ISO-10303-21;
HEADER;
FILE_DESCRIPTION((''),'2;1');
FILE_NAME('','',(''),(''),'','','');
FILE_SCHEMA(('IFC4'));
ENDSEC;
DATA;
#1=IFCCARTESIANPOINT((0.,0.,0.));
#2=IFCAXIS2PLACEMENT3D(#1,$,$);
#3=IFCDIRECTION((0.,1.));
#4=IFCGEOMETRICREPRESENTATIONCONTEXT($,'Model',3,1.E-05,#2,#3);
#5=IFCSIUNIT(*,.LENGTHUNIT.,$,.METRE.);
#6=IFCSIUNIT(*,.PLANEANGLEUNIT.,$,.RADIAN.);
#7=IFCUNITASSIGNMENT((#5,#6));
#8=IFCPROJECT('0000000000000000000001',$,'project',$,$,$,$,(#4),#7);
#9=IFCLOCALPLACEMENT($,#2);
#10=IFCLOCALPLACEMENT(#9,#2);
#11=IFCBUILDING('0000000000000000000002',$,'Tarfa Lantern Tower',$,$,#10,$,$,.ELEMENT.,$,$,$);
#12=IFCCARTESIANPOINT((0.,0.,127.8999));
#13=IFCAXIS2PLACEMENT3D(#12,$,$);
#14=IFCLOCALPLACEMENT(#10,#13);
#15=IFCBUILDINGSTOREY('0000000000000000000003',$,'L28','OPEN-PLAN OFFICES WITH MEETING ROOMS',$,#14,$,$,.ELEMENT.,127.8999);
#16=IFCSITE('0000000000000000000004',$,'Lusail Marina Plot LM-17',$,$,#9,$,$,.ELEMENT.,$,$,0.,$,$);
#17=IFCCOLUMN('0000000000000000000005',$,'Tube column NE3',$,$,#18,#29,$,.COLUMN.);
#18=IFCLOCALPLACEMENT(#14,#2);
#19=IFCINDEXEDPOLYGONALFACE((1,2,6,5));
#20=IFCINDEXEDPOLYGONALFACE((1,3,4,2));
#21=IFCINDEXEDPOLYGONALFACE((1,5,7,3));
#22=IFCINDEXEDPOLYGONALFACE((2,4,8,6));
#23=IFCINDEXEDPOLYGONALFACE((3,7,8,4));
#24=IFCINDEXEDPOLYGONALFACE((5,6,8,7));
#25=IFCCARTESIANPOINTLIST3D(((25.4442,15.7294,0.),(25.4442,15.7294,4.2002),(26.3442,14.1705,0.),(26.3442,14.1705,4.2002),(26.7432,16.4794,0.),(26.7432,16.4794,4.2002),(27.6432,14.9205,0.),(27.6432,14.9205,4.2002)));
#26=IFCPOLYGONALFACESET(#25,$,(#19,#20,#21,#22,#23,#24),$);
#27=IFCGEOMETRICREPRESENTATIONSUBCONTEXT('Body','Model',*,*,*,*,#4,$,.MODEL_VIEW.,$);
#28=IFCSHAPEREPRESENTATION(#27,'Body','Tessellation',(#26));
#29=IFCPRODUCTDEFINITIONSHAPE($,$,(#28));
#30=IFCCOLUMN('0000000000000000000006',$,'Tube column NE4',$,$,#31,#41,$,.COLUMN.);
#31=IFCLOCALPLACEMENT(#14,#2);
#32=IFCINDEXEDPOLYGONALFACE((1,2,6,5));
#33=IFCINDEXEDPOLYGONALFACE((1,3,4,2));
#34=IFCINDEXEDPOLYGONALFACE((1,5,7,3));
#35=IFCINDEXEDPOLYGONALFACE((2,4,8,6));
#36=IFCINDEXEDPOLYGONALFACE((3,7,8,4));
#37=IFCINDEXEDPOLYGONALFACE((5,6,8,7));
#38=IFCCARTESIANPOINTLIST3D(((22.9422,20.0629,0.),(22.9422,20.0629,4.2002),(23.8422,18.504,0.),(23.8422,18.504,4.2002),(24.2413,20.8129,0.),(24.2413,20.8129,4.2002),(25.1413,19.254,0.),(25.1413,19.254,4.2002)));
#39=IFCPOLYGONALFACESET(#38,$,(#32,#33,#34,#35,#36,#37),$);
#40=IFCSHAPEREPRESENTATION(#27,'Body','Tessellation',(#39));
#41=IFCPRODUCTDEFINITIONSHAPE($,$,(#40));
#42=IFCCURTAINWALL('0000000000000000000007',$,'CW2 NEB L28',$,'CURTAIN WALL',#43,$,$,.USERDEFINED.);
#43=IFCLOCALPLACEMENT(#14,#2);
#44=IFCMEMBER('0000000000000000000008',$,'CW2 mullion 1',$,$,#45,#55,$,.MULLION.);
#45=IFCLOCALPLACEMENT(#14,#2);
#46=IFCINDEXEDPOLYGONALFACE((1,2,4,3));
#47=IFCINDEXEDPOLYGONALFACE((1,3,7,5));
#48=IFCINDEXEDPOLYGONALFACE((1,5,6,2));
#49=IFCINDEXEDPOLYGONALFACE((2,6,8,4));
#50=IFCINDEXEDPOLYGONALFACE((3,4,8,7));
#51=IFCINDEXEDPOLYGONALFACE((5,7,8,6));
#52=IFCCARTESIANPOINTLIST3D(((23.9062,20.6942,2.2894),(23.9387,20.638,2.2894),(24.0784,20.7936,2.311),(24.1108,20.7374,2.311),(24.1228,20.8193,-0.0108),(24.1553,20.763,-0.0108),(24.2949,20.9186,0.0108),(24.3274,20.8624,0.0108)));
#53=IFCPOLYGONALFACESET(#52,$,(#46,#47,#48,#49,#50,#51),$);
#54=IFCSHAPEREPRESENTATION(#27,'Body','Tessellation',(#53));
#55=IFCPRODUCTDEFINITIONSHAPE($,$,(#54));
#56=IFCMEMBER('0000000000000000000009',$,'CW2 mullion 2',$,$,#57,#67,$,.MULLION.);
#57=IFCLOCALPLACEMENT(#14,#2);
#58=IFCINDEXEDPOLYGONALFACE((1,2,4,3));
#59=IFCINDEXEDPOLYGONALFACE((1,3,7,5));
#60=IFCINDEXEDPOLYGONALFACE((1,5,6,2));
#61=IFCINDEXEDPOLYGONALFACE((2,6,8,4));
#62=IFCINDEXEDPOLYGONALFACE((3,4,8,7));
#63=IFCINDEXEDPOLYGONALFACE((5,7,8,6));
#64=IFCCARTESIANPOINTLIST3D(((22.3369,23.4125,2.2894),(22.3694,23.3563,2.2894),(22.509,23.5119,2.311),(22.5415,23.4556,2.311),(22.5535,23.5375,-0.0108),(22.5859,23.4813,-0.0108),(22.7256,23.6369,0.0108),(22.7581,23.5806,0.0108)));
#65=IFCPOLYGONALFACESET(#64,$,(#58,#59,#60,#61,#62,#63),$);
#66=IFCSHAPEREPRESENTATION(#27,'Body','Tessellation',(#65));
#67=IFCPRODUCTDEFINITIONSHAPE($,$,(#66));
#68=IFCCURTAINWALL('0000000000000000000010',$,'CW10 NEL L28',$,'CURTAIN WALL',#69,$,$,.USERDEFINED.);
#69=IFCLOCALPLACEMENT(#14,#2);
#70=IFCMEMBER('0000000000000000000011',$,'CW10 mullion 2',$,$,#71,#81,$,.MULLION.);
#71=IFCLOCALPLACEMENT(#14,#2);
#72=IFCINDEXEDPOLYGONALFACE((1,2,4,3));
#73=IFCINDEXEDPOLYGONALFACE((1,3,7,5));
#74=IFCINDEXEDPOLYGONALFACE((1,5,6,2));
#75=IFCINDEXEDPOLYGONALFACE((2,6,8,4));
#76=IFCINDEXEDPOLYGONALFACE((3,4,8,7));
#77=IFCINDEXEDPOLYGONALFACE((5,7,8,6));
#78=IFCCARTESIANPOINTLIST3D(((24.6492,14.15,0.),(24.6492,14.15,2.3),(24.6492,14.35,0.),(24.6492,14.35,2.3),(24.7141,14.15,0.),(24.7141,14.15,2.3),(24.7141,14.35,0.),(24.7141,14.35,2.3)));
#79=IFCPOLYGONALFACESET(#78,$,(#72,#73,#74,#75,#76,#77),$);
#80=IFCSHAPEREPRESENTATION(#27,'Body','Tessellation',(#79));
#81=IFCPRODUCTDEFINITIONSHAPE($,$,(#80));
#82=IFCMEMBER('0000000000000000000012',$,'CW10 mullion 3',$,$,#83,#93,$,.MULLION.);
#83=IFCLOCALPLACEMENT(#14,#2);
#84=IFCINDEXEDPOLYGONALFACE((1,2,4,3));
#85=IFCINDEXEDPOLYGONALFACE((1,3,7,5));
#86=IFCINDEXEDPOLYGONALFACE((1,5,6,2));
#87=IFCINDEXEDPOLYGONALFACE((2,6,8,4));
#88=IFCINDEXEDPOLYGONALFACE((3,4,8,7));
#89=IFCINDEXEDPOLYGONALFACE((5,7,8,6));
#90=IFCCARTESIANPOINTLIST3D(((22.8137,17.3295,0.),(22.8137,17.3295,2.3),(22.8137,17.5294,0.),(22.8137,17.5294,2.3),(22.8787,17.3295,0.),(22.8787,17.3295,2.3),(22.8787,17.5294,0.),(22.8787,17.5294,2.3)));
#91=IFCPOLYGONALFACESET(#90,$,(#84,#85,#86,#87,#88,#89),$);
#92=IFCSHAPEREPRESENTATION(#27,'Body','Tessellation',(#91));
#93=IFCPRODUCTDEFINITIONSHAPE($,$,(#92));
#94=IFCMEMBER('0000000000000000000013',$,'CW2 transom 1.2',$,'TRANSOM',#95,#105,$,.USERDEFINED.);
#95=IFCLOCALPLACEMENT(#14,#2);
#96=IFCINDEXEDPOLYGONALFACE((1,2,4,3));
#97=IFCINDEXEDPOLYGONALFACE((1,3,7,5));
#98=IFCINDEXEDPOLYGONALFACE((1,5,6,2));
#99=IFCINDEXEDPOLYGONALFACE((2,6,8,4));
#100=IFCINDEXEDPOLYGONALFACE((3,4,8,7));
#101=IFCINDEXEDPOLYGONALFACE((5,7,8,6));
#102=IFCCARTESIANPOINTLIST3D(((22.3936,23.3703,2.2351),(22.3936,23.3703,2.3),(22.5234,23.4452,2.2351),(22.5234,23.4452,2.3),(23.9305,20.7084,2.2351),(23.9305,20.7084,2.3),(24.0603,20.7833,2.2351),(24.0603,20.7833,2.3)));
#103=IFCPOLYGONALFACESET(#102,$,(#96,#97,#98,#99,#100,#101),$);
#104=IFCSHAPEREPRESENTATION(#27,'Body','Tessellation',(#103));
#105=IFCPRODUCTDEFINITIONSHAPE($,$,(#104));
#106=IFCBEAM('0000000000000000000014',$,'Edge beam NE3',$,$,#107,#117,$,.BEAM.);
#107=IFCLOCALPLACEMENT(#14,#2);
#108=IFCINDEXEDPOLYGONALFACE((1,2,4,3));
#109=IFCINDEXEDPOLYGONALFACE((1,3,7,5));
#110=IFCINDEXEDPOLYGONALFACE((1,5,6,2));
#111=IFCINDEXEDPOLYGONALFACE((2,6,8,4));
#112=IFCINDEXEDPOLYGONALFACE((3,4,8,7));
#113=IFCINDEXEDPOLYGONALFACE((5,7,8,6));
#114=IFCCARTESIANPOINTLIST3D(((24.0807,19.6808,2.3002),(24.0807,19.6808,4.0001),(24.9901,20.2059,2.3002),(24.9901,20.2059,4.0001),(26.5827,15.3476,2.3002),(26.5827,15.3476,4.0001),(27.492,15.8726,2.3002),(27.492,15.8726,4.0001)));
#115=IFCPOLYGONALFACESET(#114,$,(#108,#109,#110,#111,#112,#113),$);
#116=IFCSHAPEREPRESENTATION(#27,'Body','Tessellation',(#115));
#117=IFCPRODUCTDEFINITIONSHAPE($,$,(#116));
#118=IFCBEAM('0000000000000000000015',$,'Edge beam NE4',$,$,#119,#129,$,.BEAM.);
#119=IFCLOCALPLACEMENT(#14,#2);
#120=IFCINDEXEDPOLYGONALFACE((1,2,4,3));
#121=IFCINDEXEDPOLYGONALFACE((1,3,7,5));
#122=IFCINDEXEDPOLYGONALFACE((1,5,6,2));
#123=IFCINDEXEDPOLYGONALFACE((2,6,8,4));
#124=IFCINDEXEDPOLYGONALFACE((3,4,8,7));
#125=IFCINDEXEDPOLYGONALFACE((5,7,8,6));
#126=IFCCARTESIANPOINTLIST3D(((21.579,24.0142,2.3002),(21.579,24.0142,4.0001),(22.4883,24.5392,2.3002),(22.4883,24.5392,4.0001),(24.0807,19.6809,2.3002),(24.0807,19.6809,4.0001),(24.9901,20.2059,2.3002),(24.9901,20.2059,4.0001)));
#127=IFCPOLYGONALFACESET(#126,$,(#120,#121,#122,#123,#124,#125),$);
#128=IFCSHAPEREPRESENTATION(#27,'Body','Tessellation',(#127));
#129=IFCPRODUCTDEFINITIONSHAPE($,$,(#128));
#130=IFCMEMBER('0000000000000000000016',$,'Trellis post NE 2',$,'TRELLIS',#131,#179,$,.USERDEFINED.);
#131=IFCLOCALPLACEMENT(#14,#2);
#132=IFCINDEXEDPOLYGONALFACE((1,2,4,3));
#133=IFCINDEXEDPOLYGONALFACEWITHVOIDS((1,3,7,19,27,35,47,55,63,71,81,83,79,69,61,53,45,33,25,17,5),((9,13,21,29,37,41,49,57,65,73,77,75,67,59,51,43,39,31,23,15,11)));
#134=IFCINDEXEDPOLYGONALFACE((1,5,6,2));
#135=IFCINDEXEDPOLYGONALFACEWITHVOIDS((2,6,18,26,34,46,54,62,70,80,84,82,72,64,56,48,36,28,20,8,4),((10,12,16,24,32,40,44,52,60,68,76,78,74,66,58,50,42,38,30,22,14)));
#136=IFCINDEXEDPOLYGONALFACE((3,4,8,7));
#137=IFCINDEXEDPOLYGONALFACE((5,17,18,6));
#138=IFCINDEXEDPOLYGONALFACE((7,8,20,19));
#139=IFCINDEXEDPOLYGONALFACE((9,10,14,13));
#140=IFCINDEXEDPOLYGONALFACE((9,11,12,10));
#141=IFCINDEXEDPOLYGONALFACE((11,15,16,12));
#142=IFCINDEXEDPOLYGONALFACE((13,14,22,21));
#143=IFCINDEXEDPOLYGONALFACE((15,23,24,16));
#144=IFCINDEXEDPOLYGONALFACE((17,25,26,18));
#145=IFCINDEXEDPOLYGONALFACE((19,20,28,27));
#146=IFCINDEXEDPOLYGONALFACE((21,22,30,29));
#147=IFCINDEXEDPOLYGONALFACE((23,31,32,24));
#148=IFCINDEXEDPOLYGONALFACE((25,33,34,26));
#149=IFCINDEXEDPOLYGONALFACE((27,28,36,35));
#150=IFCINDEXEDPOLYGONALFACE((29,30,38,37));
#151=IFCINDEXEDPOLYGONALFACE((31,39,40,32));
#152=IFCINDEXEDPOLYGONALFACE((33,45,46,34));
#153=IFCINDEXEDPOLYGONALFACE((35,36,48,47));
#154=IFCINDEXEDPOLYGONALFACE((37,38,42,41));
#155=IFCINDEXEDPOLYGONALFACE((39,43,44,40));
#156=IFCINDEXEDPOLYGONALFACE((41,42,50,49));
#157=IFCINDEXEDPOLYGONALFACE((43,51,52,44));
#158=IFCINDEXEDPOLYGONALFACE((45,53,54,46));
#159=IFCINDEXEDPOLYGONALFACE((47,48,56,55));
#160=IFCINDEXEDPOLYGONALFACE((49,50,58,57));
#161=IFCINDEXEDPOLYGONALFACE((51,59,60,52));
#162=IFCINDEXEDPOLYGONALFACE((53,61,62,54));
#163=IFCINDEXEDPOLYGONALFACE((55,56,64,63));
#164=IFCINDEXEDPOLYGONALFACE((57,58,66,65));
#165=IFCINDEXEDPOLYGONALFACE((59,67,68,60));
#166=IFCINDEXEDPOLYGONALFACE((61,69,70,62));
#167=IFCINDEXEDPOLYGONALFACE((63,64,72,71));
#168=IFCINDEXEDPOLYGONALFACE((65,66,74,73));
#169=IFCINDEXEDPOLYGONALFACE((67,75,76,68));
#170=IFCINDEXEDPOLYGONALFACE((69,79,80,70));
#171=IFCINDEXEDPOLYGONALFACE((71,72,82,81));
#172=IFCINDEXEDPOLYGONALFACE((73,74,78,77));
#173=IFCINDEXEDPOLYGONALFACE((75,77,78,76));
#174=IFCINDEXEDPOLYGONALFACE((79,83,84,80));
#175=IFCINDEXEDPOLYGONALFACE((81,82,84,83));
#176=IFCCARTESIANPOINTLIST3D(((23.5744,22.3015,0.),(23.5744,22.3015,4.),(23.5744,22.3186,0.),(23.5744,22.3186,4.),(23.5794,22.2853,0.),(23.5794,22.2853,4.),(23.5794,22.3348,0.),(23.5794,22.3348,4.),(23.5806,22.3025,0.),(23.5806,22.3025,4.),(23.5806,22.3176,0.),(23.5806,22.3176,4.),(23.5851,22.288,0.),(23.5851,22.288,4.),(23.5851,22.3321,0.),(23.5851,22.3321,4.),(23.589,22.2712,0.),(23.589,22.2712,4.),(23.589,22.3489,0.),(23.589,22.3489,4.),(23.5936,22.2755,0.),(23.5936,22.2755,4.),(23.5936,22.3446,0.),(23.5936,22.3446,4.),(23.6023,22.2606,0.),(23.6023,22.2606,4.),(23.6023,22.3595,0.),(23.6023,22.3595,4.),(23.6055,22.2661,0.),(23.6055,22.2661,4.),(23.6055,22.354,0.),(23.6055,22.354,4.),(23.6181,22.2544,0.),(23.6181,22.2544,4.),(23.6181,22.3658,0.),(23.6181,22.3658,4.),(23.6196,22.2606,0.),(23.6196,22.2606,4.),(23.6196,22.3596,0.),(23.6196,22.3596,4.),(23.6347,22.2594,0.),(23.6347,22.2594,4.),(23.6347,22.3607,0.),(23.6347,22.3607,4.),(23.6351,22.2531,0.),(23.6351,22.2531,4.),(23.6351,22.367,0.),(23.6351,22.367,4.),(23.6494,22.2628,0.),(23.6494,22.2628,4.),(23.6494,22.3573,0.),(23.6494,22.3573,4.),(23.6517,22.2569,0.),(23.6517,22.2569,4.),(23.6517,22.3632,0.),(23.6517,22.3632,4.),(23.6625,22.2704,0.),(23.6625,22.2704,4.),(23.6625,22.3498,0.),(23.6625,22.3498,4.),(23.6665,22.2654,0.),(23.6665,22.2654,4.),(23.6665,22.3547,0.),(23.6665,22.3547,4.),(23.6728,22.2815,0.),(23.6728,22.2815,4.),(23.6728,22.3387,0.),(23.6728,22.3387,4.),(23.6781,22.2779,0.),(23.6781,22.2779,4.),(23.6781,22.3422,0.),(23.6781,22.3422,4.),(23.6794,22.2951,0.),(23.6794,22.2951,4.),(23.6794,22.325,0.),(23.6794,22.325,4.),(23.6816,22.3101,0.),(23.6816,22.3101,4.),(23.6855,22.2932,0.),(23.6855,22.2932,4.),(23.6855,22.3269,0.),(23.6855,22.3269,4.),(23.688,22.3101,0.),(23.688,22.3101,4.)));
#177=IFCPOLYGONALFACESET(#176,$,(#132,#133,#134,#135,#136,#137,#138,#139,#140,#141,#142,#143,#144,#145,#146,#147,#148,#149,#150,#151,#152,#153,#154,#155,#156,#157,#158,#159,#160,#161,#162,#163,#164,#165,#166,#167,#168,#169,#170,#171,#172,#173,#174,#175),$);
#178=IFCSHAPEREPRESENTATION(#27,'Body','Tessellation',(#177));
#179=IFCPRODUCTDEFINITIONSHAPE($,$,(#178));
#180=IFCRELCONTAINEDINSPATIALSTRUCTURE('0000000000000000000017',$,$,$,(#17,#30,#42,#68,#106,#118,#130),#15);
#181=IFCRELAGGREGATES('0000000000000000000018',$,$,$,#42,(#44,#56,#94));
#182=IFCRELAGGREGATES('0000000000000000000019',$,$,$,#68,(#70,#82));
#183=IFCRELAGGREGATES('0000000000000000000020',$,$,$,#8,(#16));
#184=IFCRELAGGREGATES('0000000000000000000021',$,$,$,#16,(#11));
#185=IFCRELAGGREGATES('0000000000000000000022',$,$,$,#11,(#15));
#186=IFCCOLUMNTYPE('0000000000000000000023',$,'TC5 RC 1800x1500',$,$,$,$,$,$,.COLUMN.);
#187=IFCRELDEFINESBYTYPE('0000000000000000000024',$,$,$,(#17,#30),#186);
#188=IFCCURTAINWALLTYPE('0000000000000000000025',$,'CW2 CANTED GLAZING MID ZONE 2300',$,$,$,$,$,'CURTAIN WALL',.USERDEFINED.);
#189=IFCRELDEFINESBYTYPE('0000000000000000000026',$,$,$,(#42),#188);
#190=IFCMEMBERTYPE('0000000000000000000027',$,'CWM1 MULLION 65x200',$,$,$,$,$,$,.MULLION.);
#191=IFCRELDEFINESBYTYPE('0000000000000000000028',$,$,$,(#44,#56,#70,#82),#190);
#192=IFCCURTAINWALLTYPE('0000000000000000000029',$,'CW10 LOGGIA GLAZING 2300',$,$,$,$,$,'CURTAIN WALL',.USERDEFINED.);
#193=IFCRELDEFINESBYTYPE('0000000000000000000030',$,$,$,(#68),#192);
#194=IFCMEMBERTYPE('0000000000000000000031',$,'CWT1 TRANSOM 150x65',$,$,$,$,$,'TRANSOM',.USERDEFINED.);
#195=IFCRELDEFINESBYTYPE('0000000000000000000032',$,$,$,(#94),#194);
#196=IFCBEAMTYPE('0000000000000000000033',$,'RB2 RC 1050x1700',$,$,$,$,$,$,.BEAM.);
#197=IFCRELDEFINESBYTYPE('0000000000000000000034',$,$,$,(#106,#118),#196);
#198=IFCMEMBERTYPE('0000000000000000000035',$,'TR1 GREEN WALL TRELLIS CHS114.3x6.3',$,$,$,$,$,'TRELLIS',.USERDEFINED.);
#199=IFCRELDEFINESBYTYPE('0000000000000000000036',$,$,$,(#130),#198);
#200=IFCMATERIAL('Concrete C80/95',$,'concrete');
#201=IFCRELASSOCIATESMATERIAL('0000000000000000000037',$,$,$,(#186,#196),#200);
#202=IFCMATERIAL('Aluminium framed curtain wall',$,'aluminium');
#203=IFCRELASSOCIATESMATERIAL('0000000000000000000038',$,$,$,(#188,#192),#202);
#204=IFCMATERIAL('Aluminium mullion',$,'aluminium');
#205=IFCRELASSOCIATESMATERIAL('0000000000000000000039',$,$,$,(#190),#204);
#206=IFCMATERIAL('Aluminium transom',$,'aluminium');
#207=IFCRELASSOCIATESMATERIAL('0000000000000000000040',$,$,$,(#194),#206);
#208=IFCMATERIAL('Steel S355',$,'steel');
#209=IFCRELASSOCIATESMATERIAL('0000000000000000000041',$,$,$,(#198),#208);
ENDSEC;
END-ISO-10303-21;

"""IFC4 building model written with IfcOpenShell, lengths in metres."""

from ifc_helpers import new_model, si_unit, direction, frame, origin, origin_2d, place, context, subcontext, project, spatial, rectangle, hollow_circle, extrude, material, material_profile, profile_set, type_object, element, aggregate, save


model = new_model("IFC4")

# Units and contexts
model_context = context("Model", 3, precision=1e-05, world=origin(), true_north=direction((0.0, 1.0)))
body_context = subcontext(model_context, "Body", "Model", "MODEL_VIEW")
ifc_project = project(units=[si_unit("LENGTHUNIT", "METRE"), si_unit("PLANEANGLEUNIT", "RADIAN")], contexts=[model_context])

# Site, building, storey
site_placement = place(None, origin())
site = spatial("IfcSite", under=ifc_project, at=site_placement, Name="Lusail Marina Plot LM-17", CompositionType="ELEMENT", RefElevation=0.0)
building_placement = place(site_placement, origin())
building = spatial("IfcBuilding", under=site, at=building_placement, Name="Tarfa Lantern Tower", CompositionType="ELEMENT")
storey_placement = place(building_placement, frame((0.0, 0.0, 127.8999)))
storey = spatial("IfcBuildingStorey", under=building, at=storey_placement, Name="L28", Description="OPEN-PLAN OFFICES WITH MEETING ROOMS", CompositionType="ELEMENT", Elevation=127.8999)

# Columns
ifc_material_1 = material(Name="Concrete C80/95", Category="concrete")
ifc_material_profile_1 = material_profile(ifc_material_1, rectangle(XDim=1.8, YDim=1.5, at=origin_2d()), Name="RC 1800x1500")
ifc_profile_set_1 = profile_set([ifc_material_profile_1], Name="Concrete C80/95")
column_type = type_object("IfcColumnType", Name="TC5 RC 1800x1500", PredefinedType="COLUMN", material=ifc_profile_set_1)
for number, where, z_axis, x_axis, name in (
    (1, (26.5437, 15.325, 0.0), (0.0, 0.0, 1.0), (-0.5, 0.866025, 0.0), "Tube column NE3"),
    (2, (24.0417, 19.6584, 0.0), (0.0, 0.0, 1.0), (-0.5, 0.866025, 0.0), "Tube column NE4"),
):
    element("IfcColumn", number, at=place(storey_placement, frame(where, z_axis=z_axis, x_axis=x_axis)), inside=storey, type_object=column_type, Name=name, PredefinedType="COLUMN", context=body_context, shape_type="SweptSolid", body=[
        extrude(rectangle(XDim=1.8, YDim=1.5, at=origin_2d()), origin(), (0.0, 0.0, 1.0), 4.2002),
    ])

# Curtain walls, members
ifc_material_2 = material(Name="Aluminium framed curtain wall", Category="aluminium")
curtain_wall_type_1 = type_object("IfcCurtainWallType", Name="CW2 CANTED GLAZING MID ZONE 2300", ElementType="CURTAIN WALL", PredefinedType="USERDEFINED", material=ifc_material_2)
curtain_wall_1_placement = place(storey_placement, origin())
curtain_wall_1 = element("IfcCurtainWall", 3, at=curtain_wall_1_placement, inside=storey, type_object=curtain_wall_type_1, Name="CW2 NEB L28", ObjectType="CURTAIN WALL", PredefinedType="USERDEFINED")
ifc_material_3 = material(Name="Aluminium mullion", Category="aluminium")
ifc_material_profile_2 = material_profile(ifc_material_3, rectangle(XDim=0.0649, YDim=0.2, at=origin_2d()), Name="AL MULLION 65x200")
ifc_profile_set_2 = profile_set([ifc_material_profile_2], Name="Aluminium mullion")
member_type_1 = type_object("IfcMemberType", Name="CWM1 MULLION 65x200", PredefinedType="MULLION", material=ifc_profile_set_2)
member_1_placement = place(storey_placement, frame((24.2251, 20.8408, 0.0), z_axis=(-0.0936, -0.054028, 0.994143), x_axis=(0.49992, -0.866072, 0.0)))
member_1 = element("IfcMember", 4, at=member_1_placement, type_object=member_type_1, Name="CW2 mullion 1", PredefinedType="MULLION", context=body_context, shape_type="SweptSolid", body=[
    extrude(rectangle(XDim=0.0649, YDim=0.2, at=origin_2d()), origin(), (0.0, 0.0, 1.0), 2.3137),
])
member_2_placement = place(storey_placement, frame((22.6558, 23.5591, 0.0), z_axis=(-0.0936, -0.054028, 0.994143), x_axis=(0.49992, -0.866072, 0.0)))
member_2 = element("IfcMember", 5, at=member_2_placement, type_object=member_type_1, Name="CW2 mullion 2", PredefinedType="MULLION", context=body_context, shape_type="SweptSolid", body=[
    extrude(rectangle(XDim=0.0649, YDim=0.2, at=origin_2d()), origin(), (0.0, 0.0, 1.0), 2.3137),
])
curtain_wall_type_2 = type_object("IfcCurtainWallType", Name="CW10 LOGGIA GLAZING 2300", ElementType="CURTAIN WALL", PredefinedType="USERDEFINED", material=ifc_material_2)
curtain_wall_2_placement = place(storey_placement, origin())
curtain_wall_2 = element("IfcCurtainWall", 6, at=curtain_wall_2_placement, inside=storey, type_object=curtain_wall_type_2, Name="CW10 NEL L28", ObjectType="CURTAIN WALL", PredefinedType="USERDEFINED")
member_3_placement = place(storey_placement, frame((24.6816, 14.25, 0.0), z_axis=(0.0, 0.0, 1.0), x_axis=(1.0, 0.0, 0.0)))
member_3 = element("IfcMember", 7, at=member_3_placement, type_object=member_type_1, Name="CW10 mullion 2", PredefinedType="MULLION", context=body_context, shape_type="SweptSolid", body=[
    extrude(rectangle(XDim=0.0649, YDim=0.2, at=origin_2d()), origin(), (0.0, 0.0, 1.0), 2.3),
])
member_4_placement = place(storey_placement, frame((22.8462, 17.4294, 0.0), z_axis=(0.0, 0.0, 1.0), x_axis=(1.0, 0.0, 0.0)))
member_4 = element("IfcMember", 8, at=member_4_placement, type_object=member_type_1, Name="CW10 mullion 3", PredefinedType="MULLION", context=body_context, shape_type="SweptSolid", body=[
    extrude(rectangle(XDim=0.0649, YDim=0.2, at=origin_2d()), origin(), (0.0, 0.0, 1.0), 2.3),
])

# Member
ifc_material_4 = material(Name="Aluminium transom", Category="aluminium")
ifc_material_profile_3 = material_profile(ifc_material_4, rectangle(XDim=0.1499, YDim=0.0649, at=origin_2d()), Name="AL TRANSOM 150x65")
ifc_profile_set_3 = profile_set([ifc_material_profile_3], Name="Aluminium transom")
member_type_2 = type_object("IfcMemberType", Name="CWT1 TRANSOM 150x65", ElementType="TRANSOM", PredefinedType="USERDEFINED", material=ifc_profile_set_3)
member_5_placement = place(storey_placement, frame((23.9954, 20.7458, 2.2676), z_axis=(-0.500009, 0.86602, 0.0), x_axis=(-0.86602, -0.500009, 0.0)))
member_5 = element("IfcMember", 9, at=member_5_placement, type_object=member_type_2, Name="CW2 transom 1.2", ObjectType="TRANSOM", PredefinedType="USERDEFINED", context=body_context, shape_type="SweptSolid", body=[
    extrude(rectangle(XDim=0.1499, YDim=0.0649, at=origin_2d()), origin(), (0.0, 0.0, 1.0), 3.0737),
])

# Beams
ifc_material_profile_4 = material_profile(ifc_material_1, rectangle(XDim=1.05, YDim=1.7, at=origin_2d()), Name="RC 1050x1700")
ifc_profile_set_4 = profile_set([ifc_material_profile_4], Name="Concrete C80/95")
beam_type_1 = type_object("IfcBeamType", Name="RB2 RC 1050x1700", PredefinedType="BEAM", material=ifc_profile_set_4)
for number, where, z_axis, x_axis, name in (
    (10, (27.0374, 15.6101, 3.1501), (-0.500022, 0.866013, 0.0), (-0.866013, -0.500022, 0.0), "Edge beam NE3"),
    (11, (24.5354, 19.9434, 3.1501), (-0.499986, 0.866034, 0.0), (-0.866034, -0.499986, 0.0), "Edge beam NE4"),
):
    element("IfcBeam", number, at=place(storey_placement, frame(where, z_axis=z_axis, x_axis=x_axis)), inside=storey, type_object=beam_type_1, Name=name, PredefinedType="BEAM", context=body_context, shape_type="SweptSolid", body=[
        extrude(rectangle(XDim=1.05, YDim=1.7, at=origin_2d()), origin(), (0.0, 0.0, 1.0), 5.0037),
    ])

# Member
ifc_material_5 = material(Name="Steel S355", Category="steel")
ifc_material_profile_5 = material_profile(ifc_material_5, hollow_circle(Radius=0.0571, WallThickness=0.0063, at=origin_2d()), Name="CHS114.3x6.3")
ifc_profile_set_5 = profile_set([ifc_material_profile_5], Name="Steel S355")
member_type_3 = type_object("IfcMemberType", Name="TR1 GREEN WALL TRELLIS CHS114.3x6.3", ElementType="TRELLIS", PredefinedType="USERDEFINED", material=ifc_profile_set_5)
member_6_placement = place(storey_placement, frame((23.6309, 22.3101, 0.0), z_axis=(0.0, 0.0, 1.0), x_axis=(1.0, 0.0, 0.0)))
element("IfcMember", 12, at=member_6_placement, inside=storey, type_object=member_type_3, Name="Trellis post NE 2", ObjectType="TRELLIS", PredefinedType="USERDEFINED", context=body_context, shape_type="SweptSolid", body=[
    extrude(hollow_circle(Radius=0.0571, WallThickness=0.0063, at=origin_2d()), origin(), (0.0, 0.0, 1.0), 4.0),
])

aggregate(curtain_wall_1, [member_1, member_2, member_5])
aggregate(curtain_wall_2, [member_3, member_4])

save(model, "model.ifc")
